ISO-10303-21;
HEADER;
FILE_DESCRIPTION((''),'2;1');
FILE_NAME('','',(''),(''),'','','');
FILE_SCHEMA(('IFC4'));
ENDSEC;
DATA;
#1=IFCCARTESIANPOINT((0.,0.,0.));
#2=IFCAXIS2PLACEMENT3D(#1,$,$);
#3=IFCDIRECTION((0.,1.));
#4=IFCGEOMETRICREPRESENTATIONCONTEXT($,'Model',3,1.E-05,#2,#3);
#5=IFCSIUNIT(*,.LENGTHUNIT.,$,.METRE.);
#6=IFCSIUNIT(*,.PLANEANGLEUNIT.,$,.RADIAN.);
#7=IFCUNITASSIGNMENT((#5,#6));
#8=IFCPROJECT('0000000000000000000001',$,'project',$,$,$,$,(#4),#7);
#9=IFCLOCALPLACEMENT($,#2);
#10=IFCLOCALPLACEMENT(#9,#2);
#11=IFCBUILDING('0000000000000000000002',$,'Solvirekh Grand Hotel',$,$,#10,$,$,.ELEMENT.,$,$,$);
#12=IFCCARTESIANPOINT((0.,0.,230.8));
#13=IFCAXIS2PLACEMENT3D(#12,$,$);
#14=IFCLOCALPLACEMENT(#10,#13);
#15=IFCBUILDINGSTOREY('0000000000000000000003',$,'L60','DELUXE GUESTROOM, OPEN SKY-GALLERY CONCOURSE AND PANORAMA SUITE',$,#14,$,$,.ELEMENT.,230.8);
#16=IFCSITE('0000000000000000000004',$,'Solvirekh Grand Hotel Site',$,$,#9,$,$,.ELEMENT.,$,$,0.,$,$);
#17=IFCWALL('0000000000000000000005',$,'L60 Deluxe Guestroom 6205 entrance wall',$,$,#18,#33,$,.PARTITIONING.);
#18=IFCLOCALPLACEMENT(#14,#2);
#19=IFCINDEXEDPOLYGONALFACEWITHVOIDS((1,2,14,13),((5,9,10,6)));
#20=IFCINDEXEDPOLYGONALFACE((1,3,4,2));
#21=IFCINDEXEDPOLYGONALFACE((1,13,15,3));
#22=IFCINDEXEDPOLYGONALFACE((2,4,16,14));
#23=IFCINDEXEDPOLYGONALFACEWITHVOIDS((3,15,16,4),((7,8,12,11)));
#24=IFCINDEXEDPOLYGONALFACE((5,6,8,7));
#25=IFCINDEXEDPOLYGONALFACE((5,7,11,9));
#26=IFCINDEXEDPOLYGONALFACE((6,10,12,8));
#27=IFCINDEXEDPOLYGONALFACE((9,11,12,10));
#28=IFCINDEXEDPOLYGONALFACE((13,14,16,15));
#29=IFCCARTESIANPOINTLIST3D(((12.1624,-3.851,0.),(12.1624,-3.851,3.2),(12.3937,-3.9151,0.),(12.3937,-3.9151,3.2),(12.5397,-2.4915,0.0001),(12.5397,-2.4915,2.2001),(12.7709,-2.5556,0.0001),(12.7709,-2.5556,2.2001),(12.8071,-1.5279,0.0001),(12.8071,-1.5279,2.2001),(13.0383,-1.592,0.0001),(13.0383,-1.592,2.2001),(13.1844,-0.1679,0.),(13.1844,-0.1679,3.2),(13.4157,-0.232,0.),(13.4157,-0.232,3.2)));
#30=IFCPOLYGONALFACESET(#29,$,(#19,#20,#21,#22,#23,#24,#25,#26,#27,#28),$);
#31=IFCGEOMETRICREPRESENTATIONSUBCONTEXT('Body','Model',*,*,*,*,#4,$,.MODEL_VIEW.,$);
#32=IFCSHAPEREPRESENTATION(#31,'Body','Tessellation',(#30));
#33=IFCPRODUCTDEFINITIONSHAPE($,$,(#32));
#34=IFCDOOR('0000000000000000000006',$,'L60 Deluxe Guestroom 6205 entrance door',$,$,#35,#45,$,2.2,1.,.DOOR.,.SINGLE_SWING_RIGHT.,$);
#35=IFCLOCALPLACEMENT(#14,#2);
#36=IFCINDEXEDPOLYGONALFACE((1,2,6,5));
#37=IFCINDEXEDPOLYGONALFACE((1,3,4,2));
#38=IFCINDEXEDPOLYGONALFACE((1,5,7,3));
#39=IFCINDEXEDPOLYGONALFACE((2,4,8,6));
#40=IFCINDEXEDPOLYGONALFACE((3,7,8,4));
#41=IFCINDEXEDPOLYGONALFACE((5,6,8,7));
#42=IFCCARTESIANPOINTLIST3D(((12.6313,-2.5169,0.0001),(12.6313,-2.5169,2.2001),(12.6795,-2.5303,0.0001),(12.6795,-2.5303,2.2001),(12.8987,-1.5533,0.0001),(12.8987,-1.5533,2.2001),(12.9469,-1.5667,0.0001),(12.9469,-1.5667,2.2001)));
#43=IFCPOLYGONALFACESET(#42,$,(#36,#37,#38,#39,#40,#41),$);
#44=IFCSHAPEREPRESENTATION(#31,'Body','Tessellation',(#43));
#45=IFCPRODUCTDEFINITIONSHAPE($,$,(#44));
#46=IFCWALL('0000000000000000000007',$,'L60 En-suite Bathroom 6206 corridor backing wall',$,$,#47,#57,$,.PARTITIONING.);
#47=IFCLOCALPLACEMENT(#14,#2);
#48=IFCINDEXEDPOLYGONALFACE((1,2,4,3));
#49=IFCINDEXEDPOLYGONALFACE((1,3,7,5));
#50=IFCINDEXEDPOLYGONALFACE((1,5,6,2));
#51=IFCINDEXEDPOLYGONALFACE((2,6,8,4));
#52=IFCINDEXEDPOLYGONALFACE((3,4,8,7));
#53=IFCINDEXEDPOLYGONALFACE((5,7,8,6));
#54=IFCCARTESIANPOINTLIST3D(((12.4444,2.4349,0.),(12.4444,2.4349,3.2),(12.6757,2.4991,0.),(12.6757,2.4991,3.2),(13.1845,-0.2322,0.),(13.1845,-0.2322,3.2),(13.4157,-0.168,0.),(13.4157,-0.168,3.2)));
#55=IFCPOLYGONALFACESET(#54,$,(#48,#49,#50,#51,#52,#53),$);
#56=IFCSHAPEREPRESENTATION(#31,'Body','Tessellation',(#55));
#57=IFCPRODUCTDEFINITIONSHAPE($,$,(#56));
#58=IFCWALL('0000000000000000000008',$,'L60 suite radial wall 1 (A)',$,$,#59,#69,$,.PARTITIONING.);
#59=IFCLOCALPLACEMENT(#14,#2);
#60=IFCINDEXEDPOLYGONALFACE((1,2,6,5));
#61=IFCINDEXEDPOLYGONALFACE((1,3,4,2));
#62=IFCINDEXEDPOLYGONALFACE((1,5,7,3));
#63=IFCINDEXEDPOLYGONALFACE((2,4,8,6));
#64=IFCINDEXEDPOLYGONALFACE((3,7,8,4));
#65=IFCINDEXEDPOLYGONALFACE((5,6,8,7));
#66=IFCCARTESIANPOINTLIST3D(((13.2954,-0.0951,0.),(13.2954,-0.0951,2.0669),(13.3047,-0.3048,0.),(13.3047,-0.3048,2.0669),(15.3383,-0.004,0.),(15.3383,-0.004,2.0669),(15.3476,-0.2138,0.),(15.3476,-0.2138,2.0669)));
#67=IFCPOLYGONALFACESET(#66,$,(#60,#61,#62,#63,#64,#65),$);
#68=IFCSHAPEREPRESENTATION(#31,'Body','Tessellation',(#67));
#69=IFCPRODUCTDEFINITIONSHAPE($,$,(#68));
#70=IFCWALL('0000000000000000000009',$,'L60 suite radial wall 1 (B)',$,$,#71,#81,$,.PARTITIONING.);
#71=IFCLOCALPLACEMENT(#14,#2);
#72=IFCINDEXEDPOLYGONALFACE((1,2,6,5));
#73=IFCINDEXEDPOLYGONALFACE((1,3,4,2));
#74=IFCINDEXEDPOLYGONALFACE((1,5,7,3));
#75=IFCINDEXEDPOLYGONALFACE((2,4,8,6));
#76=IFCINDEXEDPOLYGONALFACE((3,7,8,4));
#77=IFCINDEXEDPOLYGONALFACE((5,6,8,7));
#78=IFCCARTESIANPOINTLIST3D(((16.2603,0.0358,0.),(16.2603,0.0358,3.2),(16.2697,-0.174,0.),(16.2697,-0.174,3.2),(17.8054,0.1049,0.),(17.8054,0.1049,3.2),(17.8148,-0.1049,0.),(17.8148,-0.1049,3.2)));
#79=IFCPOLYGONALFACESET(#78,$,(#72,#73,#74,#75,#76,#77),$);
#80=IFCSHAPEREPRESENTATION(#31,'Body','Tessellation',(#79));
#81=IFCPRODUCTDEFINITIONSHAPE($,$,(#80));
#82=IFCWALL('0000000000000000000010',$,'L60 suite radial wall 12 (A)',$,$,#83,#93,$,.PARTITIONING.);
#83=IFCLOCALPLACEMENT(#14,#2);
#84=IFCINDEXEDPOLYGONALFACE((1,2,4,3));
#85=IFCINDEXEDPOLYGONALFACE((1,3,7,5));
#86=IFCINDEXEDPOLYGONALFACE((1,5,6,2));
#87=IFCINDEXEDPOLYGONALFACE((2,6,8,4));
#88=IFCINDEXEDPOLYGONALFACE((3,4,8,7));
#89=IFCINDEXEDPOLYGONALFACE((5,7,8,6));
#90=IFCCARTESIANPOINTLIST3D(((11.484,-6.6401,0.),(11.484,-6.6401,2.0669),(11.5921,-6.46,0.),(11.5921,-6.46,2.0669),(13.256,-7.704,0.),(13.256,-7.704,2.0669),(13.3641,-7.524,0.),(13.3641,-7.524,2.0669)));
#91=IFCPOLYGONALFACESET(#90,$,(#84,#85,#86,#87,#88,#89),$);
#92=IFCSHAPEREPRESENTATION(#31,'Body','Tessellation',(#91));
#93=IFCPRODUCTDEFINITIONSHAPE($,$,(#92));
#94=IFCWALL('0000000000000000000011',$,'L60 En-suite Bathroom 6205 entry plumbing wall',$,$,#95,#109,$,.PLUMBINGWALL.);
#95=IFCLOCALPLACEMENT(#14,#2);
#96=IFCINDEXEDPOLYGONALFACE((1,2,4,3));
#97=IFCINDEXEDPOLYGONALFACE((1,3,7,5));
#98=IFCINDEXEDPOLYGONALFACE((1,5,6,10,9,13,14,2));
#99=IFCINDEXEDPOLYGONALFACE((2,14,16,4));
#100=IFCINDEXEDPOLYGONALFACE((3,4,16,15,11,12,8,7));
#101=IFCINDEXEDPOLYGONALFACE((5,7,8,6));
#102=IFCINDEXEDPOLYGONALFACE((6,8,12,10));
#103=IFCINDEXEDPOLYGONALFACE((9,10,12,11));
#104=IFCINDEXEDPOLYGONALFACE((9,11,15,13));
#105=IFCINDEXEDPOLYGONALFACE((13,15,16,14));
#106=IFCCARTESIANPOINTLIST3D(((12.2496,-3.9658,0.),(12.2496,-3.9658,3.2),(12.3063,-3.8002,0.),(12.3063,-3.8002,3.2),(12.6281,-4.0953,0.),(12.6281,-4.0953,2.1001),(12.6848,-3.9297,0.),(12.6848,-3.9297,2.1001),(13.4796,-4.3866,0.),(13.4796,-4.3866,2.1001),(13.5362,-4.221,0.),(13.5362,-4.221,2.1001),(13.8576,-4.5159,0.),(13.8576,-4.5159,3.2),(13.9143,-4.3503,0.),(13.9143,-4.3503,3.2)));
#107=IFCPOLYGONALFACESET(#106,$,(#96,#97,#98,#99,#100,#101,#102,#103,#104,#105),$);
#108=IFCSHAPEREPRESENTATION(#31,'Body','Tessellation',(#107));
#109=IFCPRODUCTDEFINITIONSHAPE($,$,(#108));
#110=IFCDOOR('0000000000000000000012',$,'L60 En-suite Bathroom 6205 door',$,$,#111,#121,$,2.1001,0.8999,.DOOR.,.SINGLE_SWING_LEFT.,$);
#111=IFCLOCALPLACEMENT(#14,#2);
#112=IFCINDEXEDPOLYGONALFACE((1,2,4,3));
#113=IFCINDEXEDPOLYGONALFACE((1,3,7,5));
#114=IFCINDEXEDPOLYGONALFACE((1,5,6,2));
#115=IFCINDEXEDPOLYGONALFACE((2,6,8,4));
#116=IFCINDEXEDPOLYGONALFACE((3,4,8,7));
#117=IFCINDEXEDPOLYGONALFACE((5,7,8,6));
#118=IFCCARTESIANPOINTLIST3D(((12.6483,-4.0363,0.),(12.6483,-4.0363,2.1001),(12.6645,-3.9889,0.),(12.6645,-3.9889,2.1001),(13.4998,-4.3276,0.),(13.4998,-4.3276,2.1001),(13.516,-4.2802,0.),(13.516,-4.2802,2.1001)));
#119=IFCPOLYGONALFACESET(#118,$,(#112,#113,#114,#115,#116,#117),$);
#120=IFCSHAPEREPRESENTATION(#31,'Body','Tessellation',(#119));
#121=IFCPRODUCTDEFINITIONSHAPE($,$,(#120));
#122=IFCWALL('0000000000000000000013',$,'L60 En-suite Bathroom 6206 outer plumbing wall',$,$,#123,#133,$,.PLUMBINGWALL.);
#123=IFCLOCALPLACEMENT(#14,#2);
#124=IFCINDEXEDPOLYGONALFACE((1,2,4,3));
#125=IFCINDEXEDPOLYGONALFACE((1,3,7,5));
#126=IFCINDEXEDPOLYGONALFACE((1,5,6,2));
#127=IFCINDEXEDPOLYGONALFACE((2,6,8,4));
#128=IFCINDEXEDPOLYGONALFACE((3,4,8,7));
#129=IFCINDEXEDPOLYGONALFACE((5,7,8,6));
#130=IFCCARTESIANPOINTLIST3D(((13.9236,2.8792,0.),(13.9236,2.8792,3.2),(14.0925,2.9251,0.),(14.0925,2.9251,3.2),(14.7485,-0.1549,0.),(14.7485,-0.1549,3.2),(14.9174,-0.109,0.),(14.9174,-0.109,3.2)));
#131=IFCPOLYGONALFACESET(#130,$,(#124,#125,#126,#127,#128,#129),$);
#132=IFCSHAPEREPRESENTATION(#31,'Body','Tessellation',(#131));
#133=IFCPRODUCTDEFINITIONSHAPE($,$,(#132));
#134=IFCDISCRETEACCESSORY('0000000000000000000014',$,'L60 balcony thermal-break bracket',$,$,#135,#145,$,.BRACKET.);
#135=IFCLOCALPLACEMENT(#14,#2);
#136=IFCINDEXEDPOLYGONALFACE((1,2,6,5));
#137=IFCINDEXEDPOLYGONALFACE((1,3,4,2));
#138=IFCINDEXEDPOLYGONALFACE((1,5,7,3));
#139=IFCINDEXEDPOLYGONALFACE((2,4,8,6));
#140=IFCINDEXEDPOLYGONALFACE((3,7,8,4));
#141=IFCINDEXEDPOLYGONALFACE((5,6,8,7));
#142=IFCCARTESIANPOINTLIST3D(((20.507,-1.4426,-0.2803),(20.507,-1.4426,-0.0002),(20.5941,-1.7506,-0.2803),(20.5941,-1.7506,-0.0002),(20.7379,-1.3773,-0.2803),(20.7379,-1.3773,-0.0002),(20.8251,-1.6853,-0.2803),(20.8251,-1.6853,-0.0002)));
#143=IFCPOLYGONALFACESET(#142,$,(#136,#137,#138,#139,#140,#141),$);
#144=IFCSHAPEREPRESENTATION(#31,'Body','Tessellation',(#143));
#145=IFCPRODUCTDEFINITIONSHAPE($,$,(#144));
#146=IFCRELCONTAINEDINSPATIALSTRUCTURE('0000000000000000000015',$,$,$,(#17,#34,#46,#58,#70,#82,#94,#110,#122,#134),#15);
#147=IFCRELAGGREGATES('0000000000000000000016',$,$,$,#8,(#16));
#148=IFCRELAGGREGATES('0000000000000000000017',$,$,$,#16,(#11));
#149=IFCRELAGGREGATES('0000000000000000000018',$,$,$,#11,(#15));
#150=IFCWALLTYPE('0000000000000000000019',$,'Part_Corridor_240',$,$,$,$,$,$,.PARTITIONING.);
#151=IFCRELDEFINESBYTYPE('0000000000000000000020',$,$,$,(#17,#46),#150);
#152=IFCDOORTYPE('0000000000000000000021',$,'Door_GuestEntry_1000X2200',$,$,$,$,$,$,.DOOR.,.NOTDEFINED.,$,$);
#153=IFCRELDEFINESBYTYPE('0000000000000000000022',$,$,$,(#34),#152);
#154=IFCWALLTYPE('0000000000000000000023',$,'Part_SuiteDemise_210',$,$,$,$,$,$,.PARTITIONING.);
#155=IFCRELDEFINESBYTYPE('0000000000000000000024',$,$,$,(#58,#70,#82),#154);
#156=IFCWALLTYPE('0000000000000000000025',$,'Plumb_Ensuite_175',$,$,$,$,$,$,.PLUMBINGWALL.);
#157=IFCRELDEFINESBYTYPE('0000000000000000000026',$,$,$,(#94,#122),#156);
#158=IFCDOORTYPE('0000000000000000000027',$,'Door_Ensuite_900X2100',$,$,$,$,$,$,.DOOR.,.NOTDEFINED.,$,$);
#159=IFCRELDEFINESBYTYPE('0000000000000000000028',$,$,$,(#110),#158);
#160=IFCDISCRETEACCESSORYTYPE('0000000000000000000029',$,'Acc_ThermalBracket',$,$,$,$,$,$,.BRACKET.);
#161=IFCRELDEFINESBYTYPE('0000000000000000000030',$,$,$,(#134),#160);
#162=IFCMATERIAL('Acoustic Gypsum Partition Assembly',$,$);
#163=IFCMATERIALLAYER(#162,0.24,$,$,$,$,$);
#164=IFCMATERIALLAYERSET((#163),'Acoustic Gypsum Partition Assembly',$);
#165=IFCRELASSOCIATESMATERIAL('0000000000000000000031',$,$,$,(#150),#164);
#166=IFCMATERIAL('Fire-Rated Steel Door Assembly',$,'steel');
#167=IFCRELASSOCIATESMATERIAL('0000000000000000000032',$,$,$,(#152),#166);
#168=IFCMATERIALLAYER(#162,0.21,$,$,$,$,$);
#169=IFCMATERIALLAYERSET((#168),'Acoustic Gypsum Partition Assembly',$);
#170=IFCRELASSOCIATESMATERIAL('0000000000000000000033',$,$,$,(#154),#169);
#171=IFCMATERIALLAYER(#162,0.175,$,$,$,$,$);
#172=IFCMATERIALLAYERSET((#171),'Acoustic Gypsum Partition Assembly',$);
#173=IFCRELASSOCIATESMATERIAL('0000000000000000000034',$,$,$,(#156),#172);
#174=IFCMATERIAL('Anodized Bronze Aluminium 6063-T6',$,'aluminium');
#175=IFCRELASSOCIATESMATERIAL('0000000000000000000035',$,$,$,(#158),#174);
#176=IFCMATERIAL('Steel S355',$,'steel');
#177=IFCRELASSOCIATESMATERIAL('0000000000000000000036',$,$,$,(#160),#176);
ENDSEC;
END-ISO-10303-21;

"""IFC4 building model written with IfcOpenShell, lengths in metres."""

from ifc_helpers import new_model, si_unit, direction, frame, frame_2d, origin, origin_2d, place, context, subcontext, project, spatial, rectangle, extrude, material, layer, layer_set, type_object, element, fill, save


model = new_model("IFC4")

# Units and contexts
model_context = context("Model", 3, precision=1e-05, world=origin(), true_north=direction((0.0, 1.0)))
body_context = subcontext(model_context, "Body", "Model", "MODEL_VIEW")
ifc_project = project(units=[si_unit("LENGTHUNIT", "METRE"), si_unit("PLANEANGLEUNIT", "RADIAN")], contexts=[model_context])

# Site, building, storey
site_placement = place(None, origin())
site = spatial("IfcSite", under=ifc_project, at=site_placement, Name="Solvirekh Grand Hotel Site", CompositionType="ELEMENT", RefElevation=0.0)
building_placement = place(site_placement, origin())
building = spatial("IfcBuilding", under=site, at=building_placement, Name="Solvirekh Grand Hotel", CompositionType="ELEMENT")
storey_placement = place(building_placement, frame((0.0, 0.0, 230.8)))
storey = spatial("IfcBuildingStorey", under=building, at=storey_placement, Name="L60", Description="DELUXE GUESTROOM, OPEN SKY-GALLERY CONCOURSE AND PANORAMA SUITE", CompositionType="ELEMENT", Elevation=230.8)

# Shared definitions
ifc_material_1 = material(Name="Steel S355", Category="steel")

# Shared definitions
ifc_material_2 = material(Name="Acoustic Gypsum Partition Assembly")
ifc_layer_1 = layer(ifc_material_2, 0.24)
ifc_layer_set_1 = layer_set([ifc_layer_1], Name="Acoustic Gypsum Partition Assembly")
wall_type_1 = type_object("IfcWallType", Name="Part_Corridor_240", PredefinedType="PARTITIONING", material=ifc_layer_set_1)
ifc_material_3 = material(Name="Fire-Rated Steel Door Assembly", Category="steel")

# Wall, opening, door
wall_1_placement = place(storey_placement, frame((12.2781, -3.8831, 0.0), z_axis=(0.0, 0.0, 1.0), x_axis=(0.267374, 0.963593, 0.0)))
wall_1 = element("IfcWall", 1, at=wall_1_placement, inside=storey, type_object=wall_type_1, Name="L60 Deluxe Guestroom 6205 entrance wall", PredefinedType="PARTITIONING", context=body_context, shape_type="SweptSolid", body=[
    extrude(rectangle(XDim=3.8223, YDim=0.24, at=frame_2d((1.9111, 0.0))), origin(), (0.0, 0.0, 1.0), 3.2),
])
opening_1_placement = place(wall_1_placement, frame((1.4109, 0.0, 0.0)))
opening_1 = element("IfcOpeningElement", 2, at=opening_1_placement, cuts=wall_1, PredefinedType="OPENING", context=body_context, shape_type="SweptSolid", body=[
    extrude(rectangle(XDim=1.0, YDim=2.2, at=frame_2d((0.5, 1.1001))), frame((0.0, 0.1299, 0.0), z_axis=(0.0, -1.0, 0.0), x_axis=(1.0, 0.0, 0.0)), (0.0, 0.0, 1.0), 0.26),
])
door_type_1 = type_object("IfcDoorType", Name="Door_GuestEntry_1000X2200", OperationType="NOTDEFINED", PredefinedType="DOOR", material=ifc_material_3)
door_1_placement = place(opening_1_placement, origin())
door_1 = element("IfcDoor", 3, at=door_1_placement, inside=storey, type_object=door_type_1, Name="L60 Deluxe Guestroom 6205 entrance door", OperationType="SINGLE_SWING_RIGHT", OverallHeight=2.2, OverallWidth=1.0, PredefinedType="DOOR", context=body_context, shape_type="SweptSolid", body=[
    extrude(rectangle(XDim=1.0, YDim=2.2, at=frame_2d((0.5, 1.1001))), frame((0.0, 0.0249, 0.0), z_axis=(0.0, -1.0, 0.0), x_axis=(1.0, 0.0, 0.0)), (0.0, 0.0, 1.0), 0.05),
])
fill(opening_1, door_1)

# Walls
wall_2_placement = place(storey_placement, frame((13.3, -0.2, 0.0), z_axis=(0.0, 0.0, 1.0), x_axis=(-0.267362, 0.963596, 0.0)))
element("IfcWall", 4, at=wall_2_placement, inside=storey, type_object=wall_type_1, Name="L60 En-suite Bathroom 6206 corridor backing wall", PredefinedType="PARTITIONING", context=body_context, shape_type="SweptSolid", body=[
    extrude(rectangle(XDim=2.7678, YDim=0.24, at=frame_2d((1.3838, 0.0))), origin(), (0.0, 0.0, 1.0), 3.2),
])
ifc_layer_2 = layer(ifc_material_2, 0.21)
ifc_layer_set_2 = layer_set([ifc_layer_2], Name="Acoustic Gypsum Partition Assembly")
wall_type_2 = type_object("IfcWallType", Name="Part_SuiteDemise_210", PredefinedType="PARTITIONING", material=ifc_layer_set_2)
wall_3_placement = place(storey_placement, frame((13.3, -0.2, 0.0), z_axis=(0.0, 0.0, 1.0), x_axis=(0.999008, 0.04453, 0.0)))
element("IfcWall", 5, at=wall_3_placement, inside=storey, type_object=wall_type_2, Name="L60 suite radial wall 1 (A)", PredefinedType="PARTITIONING", context=body_context, shape_type="SweptSolid", body=[
    extrude(rectangle(XDim=2.0449, YDim=0.21, at=frame_2d((1.0225, 0.0))), origin(), (0.0, 0.0, 1.0), 2.0669),
])
wall_4_placement = place(storey_placement, frame((16.2649, -0.0691, 0.0), z_axis=(0.0, 0.0, 1.0), x_axis=(0.999002, 0.04467, 0.0)))
element("IfcWall", 6, at=wall_4_placement, inside=storey, type_object=wall_type_2, Name="L60 suite radial wall 1 (B)", PredefinedType="PARTITIONING", context=body_context, shape_type="SweptSolid", body=[
    extrude(rectangle(XDim=1.5466, YDim=0.21, at=frame_2d((0.7734, 0.0))), origin(), (0.0, 0.0, 1.0), 3.2),
])
wall_5_placement = place(storey_placement, frame((11.5381, -6.55, 0.0), z_axis=(0.0, 0.0, 1.0), x_axis=(0.857326, -0.514774, 0.0)))
element("IfcWall", 7, at=wall_5_placement, inside=storey, type_object=wall_type_2, Name="L60 suite radial wall 12 (A)", PredefinedType="PARTITIONING", context=body_context, shape_type="SweptSolid", body=[
    extrude(rectangle(XDim=2.0669, YDim=0.21, at=frame_2d((1.0334, 0.0))), origin(), (0.0, 0.0, 1.0), 2.0669),
])

# Wall, opening, door
ifc_layer_3 = layer(ifc_material_2, 0.175)
ifc_layer_set_3 = layer_set([ifc_layer_3], Name="Acoustic Gypsum Partition Assembly")
wall_type_3 = type_object("IfcWallType", Name="Plumb_Ensuite_175", PredefinedType="PLUMBINGWALL", material=ifc_layer_set_3)
wall_6_placement = place(storey_placement, frame((12.2781, -3.8831, 0.0), z_axis=(0.0, 0.0, 1.0), x_axis=(0.946169, -0.323674, 0.0)))
wall_6 = element("IfcWall", 8, at=wall_6_placement, inside=storey, type_object=wall_type_3, Name="L60 En-suite Bathroom 6205 entry plumbing wall", PredefinedType="PLUMBINGWALL", context=body_context, shape_type="SweptSolid", body=[
    extrude(rectangle(XDim=1.6995, YDim=0.175, at=frame_2d((0.8496, 0.0))), origin(), (0.0, 0.0, 1.0), 3.2),
])
opening_2_placement = place(wall_6_placement, frame((0.3999, 0.0, 0.0)))
opening_2 = element("IfcOpeningElement", 9, at=opening_2_placement, cuts=wall_6, PredefinedType="OPENING", context=body_context, shape_type="SweptSolid", body=[
    extrude(rectangle(XDim=0.8999, YDim=2.1001, at=frame_2d((0.45, 1.05))), frame((0.0, 0.0977, 0.0), z_axis=(0.0, -1.0, 0.0), x_axis=(1.0, 0.0, 0.0)), (0.0, 0.0, 1.0), 0.1951),
])
ifc_material_4 = material(Name="Anodized Bronze Aluminium 6063-T6", Category="aluminium")
door_type_2 = type_object("IfcDoorType", Name="Door_Ensuite_900X2100", OperationType="NOTDEFINED", PredefinedType="DOOR", material=ifc_material_4)
door_2_placement = place(opening_2_placement, origin())
door_2 = element("IfcDoor", 10, at=door_2_placement, inside=storey, type_object=door_type_2, Name="L60 En-suite Bathroom 6205 door", OperationType="SINGLE_SWING_LEFT", OverallHeight=2.1001, OverallWidth=0.8999, PredefinedType="DOOR", context=body_context, shape_type="SweptSolid", body=[
    extrude(rectangle(XDim=0.8999, YDim=2.1001, at=frame_2d((0.45, 1.05))), frame((0.0, 0.0249, 0.0), z_axis=(0.0, -1.0, 0.0), x_axis=(1.0, 0.0, 0.0)), (0.0, 0.0, 1.0), 0.05),
])
fill(opening_2, door_2)

# Wall
wall_7_placement = place(storey_placement, frame((14.833, -0.1321, 0.0), z_axis=(0.0, 0.0, 1.0), x_axis=(-0.262362, 0.96497, 0.0)))
element("IfcWall", 11, at=wall_7_placement, inside=storey, type_object=wall_type_3, Name="L60 En-suite Bathroom 6206 outer plumbing wall", PredefinedType="PLUMBINGWALL", context=body_context, shape_type="SweptSolid", body=[
    extrude(rectangle(XDim=3.1443, YDim=0.175, at=frame_2d((1.5723, 0.0))), origin(), (0.0, 0.0, 1.0), 3.2),
])

# Discrete accessory
discrete_accessory_type = type_object("IfcDiscreteAccessoryType", Name="Acc_ThermalBracket", PredefinedType="BRACKET", material=ifc_material_1)
discrete_accessory_placement = place(storey_placement, frame((20.666, -1.564, -0.2803), z_axis=(0.0, 0.0, 1.0), x_axis=(0.27228, -0.962218, 0.0)))
element("IfcDiscreteAccessory", 12, at=discrete_accessory_placement, inside=storey, type_object=discrete_accessory_type, Name="L60 balcony thermal-break bracket", PredefinedType="BRACKET", context=body_context, shape_type="SweptSolid", body=[
    extrude(rectangle(XDim=0.3201, YDim=0.24, at=origin_2d()), origin(), (0.0, 0.0, 1.0), 0.28),
])

save(model, "model.ifc")
